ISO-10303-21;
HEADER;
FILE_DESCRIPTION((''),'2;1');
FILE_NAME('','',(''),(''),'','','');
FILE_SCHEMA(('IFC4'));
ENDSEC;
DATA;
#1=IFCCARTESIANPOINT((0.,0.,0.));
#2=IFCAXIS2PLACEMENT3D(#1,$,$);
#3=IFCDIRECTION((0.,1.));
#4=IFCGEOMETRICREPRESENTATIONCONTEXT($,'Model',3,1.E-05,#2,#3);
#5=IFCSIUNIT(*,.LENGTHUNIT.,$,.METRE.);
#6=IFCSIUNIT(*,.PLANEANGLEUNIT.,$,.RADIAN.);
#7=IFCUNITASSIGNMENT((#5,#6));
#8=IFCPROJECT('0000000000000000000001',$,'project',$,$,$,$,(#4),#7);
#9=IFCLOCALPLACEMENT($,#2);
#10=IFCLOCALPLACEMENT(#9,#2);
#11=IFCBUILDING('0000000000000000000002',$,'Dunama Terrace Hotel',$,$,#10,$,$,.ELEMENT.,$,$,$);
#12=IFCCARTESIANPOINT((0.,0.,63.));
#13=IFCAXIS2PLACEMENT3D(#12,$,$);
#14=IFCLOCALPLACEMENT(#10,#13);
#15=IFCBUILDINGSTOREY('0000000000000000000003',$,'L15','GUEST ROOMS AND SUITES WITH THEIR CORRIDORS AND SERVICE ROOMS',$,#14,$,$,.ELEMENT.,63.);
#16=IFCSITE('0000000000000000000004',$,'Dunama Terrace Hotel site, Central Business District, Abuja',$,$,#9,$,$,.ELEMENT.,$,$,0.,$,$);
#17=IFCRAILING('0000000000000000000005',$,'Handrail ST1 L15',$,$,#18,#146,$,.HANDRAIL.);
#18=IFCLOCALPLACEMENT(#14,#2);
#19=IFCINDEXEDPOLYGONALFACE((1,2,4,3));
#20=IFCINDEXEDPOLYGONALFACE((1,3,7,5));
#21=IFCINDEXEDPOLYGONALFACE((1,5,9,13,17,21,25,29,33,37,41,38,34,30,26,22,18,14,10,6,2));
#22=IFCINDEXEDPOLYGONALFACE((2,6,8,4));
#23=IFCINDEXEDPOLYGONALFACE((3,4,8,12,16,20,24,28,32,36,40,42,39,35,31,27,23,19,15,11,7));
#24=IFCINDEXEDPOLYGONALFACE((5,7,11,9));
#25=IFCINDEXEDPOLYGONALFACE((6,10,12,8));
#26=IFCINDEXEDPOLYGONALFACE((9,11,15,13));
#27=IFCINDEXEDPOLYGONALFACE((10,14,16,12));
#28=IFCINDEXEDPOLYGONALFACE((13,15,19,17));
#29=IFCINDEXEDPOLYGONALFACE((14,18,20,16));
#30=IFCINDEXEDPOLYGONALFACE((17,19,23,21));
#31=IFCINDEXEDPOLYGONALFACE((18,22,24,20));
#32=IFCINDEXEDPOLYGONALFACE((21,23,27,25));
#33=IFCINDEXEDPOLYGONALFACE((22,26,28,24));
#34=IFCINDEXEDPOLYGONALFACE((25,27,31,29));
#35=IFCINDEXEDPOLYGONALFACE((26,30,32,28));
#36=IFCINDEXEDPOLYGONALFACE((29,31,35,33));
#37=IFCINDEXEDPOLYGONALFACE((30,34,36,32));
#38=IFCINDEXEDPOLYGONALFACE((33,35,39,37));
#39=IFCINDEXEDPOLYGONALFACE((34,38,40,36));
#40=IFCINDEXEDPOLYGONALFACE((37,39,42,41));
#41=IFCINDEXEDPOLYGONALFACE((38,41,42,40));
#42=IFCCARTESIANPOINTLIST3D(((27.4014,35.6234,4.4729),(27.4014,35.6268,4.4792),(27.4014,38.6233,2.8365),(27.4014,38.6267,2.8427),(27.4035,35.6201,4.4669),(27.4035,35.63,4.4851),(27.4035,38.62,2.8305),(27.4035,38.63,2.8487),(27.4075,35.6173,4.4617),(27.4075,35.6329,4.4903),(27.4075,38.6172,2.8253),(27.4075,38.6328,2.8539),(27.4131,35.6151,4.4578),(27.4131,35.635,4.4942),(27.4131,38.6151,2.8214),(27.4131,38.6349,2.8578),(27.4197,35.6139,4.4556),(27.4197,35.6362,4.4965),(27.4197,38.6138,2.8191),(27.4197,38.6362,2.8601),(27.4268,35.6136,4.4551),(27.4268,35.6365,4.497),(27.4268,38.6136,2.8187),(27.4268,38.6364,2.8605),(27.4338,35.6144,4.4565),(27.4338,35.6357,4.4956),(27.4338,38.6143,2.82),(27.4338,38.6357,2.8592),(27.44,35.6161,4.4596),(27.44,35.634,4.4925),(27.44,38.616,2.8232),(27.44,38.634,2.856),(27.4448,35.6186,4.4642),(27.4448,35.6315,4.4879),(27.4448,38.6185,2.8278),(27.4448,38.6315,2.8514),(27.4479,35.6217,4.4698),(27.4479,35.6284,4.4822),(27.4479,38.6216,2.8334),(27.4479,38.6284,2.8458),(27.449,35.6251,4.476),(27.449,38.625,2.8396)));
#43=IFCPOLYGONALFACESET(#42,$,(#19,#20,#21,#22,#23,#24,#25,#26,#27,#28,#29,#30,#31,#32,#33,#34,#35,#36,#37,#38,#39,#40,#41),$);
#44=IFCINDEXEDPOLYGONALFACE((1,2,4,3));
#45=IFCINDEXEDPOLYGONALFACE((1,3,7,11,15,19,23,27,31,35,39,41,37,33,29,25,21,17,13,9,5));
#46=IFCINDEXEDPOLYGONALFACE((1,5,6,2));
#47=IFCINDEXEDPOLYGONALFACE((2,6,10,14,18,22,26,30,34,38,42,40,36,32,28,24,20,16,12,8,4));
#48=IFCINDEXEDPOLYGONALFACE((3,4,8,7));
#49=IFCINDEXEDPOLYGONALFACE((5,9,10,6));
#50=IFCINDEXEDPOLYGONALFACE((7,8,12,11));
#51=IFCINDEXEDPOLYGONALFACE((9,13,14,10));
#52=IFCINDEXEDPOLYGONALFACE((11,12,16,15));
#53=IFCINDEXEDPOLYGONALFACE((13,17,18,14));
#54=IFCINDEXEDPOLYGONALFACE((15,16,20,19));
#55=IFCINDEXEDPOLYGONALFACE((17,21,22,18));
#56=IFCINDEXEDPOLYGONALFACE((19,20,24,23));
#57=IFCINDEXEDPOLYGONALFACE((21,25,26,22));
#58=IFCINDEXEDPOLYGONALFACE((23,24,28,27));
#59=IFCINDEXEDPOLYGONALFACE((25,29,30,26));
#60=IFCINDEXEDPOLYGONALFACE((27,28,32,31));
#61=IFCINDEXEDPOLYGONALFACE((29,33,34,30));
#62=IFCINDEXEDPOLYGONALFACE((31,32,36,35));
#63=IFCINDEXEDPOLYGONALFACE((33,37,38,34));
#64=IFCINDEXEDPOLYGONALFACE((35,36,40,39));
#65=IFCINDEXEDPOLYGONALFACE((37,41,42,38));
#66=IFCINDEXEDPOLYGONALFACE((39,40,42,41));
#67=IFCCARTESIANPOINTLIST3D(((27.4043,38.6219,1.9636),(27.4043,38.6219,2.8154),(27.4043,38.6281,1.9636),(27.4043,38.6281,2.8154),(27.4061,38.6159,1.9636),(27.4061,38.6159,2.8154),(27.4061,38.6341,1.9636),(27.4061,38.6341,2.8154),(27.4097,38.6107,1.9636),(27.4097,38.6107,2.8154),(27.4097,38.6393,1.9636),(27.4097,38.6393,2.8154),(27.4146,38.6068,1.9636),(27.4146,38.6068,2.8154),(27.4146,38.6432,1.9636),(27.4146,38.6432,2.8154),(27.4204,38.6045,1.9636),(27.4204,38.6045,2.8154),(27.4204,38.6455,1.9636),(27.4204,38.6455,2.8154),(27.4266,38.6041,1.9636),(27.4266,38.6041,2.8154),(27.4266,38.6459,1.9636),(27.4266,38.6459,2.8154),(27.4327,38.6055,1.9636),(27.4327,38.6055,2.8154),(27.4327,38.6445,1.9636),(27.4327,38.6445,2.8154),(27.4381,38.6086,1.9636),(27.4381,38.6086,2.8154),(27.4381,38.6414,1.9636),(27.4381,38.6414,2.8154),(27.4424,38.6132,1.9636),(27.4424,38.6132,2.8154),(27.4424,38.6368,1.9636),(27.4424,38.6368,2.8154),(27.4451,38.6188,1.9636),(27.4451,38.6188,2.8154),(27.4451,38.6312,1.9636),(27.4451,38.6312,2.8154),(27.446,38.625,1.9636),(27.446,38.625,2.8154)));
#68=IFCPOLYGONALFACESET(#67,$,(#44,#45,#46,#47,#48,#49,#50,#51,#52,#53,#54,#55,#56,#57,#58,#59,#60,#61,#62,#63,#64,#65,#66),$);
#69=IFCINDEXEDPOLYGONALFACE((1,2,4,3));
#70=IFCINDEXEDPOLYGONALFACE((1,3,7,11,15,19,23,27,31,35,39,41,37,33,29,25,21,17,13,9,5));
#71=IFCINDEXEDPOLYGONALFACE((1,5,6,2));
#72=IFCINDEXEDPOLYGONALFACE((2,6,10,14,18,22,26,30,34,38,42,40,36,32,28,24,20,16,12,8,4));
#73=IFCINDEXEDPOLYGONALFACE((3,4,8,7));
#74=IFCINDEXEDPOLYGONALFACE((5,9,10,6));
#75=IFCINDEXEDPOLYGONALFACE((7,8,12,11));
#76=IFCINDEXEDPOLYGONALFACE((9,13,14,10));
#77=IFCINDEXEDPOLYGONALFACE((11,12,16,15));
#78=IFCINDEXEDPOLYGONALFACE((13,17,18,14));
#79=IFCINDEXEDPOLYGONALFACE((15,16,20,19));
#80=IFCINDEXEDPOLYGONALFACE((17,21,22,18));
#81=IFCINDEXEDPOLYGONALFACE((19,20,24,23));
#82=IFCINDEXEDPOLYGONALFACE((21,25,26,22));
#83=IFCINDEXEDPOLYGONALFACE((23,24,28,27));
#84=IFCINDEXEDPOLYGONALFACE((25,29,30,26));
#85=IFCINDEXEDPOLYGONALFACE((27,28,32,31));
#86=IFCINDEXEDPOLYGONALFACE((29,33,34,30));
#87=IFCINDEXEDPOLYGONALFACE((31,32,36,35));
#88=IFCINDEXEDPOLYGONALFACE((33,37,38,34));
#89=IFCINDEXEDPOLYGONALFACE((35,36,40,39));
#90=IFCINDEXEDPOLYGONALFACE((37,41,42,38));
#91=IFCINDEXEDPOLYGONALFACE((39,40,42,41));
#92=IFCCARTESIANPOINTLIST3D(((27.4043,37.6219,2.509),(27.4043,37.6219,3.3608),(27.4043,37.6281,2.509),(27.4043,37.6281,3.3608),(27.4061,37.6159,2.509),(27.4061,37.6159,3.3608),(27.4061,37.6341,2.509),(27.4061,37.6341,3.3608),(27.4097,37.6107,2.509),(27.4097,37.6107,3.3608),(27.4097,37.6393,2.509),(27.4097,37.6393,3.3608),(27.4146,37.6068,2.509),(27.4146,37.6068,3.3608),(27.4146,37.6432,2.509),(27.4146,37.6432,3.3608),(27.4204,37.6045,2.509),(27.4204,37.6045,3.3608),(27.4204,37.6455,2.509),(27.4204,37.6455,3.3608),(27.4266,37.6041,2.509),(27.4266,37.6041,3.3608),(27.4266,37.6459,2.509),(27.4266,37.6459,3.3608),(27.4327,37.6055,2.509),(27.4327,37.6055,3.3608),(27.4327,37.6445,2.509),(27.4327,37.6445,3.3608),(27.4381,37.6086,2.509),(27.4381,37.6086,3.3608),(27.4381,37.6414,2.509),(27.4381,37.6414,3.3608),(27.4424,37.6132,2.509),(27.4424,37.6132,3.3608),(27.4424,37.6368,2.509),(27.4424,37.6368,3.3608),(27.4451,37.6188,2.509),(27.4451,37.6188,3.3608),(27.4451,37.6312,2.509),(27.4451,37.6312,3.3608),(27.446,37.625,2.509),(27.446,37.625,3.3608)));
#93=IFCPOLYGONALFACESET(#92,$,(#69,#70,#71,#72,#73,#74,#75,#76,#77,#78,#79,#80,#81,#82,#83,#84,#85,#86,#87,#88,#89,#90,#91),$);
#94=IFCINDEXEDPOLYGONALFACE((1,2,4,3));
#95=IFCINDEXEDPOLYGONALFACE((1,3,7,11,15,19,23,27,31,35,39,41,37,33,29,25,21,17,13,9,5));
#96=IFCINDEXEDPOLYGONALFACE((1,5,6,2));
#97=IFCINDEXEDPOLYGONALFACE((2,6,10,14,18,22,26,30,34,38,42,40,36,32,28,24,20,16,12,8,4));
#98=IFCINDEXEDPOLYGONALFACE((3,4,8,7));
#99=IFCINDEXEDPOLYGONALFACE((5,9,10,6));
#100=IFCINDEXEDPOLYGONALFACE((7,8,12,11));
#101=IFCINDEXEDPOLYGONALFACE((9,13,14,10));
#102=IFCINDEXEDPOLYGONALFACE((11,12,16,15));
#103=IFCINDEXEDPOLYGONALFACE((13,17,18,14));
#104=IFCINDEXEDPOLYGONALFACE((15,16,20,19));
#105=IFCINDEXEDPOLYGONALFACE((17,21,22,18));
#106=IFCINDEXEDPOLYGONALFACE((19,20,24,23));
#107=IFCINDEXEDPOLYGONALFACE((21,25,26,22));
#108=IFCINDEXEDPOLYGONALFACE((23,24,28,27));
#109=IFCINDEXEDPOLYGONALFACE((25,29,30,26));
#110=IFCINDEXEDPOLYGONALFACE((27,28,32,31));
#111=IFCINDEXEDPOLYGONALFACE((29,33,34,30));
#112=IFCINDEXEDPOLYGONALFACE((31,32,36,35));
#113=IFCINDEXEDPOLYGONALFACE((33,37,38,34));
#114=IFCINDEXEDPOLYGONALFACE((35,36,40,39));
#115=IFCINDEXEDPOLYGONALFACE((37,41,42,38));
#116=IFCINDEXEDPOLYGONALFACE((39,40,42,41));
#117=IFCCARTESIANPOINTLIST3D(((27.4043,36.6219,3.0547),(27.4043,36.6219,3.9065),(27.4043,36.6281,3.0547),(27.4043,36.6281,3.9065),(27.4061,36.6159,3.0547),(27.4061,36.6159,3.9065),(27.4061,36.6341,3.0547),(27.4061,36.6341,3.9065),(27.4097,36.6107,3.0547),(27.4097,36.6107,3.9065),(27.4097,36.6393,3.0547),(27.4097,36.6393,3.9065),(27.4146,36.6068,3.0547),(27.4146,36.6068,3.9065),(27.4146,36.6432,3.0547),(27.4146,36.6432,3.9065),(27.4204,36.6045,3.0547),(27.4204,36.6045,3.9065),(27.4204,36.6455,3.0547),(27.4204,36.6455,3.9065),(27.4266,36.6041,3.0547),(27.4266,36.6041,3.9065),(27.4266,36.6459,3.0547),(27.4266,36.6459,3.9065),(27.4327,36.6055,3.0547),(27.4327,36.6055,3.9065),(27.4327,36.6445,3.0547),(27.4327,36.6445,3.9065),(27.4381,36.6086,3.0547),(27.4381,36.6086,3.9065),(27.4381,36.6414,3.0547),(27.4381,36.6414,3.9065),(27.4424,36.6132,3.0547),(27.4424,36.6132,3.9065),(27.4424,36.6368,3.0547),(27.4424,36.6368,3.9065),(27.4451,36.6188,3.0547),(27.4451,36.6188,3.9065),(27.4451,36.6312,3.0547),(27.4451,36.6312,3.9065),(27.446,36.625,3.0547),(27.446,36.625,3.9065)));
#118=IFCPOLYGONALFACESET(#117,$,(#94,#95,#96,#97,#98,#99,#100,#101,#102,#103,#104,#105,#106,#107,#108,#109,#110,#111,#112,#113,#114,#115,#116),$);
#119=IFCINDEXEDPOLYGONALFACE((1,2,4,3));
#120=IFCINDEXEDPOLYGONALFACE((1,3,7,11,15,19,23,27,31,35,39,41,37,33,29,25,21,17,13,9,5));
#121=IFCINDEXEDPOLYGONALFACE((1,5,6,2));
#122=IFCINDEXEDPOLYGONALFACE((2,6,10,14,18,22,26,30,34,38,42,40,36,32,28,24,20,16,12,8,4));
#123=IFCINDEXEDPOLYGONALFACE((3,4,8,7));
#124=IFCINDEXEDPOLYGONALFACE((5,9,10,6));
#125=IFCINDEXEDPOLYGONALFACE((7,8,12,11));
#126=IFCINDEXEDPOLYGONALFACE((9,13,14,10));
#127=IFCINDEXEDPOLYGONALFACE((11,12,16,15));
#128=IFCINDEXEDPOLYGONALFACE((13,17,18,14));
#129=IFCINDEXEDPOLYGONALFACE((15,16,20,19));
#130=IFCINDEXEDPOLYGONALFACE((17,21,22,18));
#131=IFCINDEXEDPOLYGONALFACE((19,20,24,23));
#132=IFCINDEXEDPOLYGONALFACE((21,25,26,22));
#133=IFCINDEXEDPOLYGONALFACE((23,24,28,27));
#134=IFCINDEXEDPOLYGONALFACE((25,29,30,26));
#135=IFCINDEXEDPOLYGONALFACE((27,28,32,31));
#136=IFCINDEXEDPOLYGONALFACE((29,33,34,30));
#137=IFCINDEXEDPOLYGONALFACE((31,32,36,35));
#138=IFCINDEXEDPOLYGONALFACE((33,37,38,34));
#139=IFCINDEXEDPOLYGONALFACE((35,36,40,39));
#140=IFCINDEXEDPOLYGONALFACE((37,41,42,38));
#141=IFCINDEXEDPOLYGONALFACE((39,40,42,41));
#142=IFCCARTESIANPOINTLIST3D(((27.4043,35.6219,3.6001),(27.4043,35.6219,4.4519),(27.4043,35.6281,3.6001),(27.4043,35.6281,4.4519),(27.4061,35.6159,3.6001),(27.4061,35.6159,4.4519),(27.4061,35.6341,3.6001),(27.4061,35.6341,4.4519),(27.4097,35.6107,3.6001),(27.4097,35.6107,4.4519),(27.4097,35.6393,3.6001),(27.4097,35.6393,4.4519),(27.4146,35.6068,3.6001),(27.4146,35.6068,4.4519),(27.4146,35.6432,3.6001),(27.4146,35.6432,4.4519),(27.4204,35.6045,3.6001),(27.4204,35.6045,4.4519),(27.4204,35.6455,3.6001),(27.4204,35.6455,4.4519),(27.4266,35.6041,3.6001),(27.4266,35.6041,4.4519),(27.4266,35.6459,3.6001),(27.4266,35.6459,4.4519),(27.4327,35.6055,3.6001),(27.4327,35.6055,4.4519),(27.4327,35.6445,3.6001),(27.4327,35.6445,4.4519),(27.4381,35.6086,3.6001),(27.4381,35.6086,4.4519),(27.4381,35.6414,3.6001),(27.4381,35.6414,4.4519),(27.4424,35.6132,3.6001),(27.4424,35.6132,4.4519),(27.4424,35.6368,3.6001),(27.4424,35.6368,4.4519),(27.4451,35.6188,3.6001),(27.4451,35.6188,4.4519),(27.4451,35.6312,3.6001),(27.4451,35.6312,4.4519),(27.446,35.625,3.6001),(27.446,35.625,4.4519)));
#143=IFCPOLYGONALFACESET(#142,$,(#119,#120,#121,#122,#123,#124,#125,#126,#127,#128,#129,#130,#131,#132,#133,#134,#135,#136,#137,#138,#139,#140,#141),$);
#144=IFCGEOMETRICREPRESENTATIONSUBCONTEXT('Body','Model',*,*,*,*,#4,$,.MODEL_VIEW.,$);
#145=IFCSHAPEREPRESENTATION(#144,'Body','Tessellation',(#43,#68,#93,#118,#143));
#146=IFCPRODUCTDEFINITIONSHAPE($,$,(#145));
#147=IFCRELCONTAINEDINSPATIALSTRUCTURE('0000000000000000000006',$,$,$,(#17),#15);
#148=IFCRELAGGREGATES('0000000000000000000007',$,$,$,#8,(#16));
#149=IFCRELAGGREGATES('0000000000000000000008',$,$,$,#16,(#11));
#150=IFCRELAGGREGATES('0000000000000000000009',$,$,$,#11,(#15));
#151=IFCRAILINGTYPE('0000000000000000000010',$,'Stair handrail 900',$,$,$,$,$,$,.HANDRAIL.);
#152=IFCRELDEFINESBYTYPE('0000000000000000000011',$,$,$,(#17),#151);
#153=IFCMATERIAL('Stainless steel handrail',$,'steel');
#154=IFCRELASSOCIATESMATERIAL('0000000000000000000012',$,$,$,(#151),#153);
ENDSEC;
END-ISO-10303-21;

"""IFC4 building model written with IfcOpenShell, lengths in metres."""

from ifc_helpers import new_model, si_unit, direction, frame, origin, origin_2d, place, context, subcontext, project, spatial, circle, extrude, material, type_object, element, save


model = new_model("IFC4")

# Units and contexts
model_context = context("Model", 3, precision=1e-05, world=origin(), true_north=direction((0.0, 1.0)))
body_context = subcontext(model_context, "Body", "Model", "MODEL_VIEW")
ifc_project = project(units=[si_unit("LENGTHUNIT", "METRE"), si_unit("PLANEANGLEUNIT", "RADIAN")], contexts=[model_context])

# Site, building, storey
site_placement = place(None, origin())
site = spatial("IfcSite", under=ifc_project, at=site_placement, Name="Dunama Terrace Hotel site, Central Business District, Abuja", CompositionType="ELEMENT", RefElevation=0.0)
building_placement = place(site_placement, origin())
building = spatial("IfcBuilding", under=site, at=building_placement, Name="Dunama Terrace Hotel", CompositionType="ELEMENT")
storey_placement = place(building_placement, frame((0.0, 0.0, 63.0)))
storey = spatial("IfcBuildingStorey", under=building, at=storey_placement, Name="L15", Description="GUEST ROOMS AND SUITES WITH THEIR CORRIDORS AND SERVICE ROOMS", CompositionType="ELEMENT", Elevation=63.0)

# Railing
ifc_material_1 = material(Name="Stainless steel handrail", Category="steel")
railing_type = type_object("IfcRailingType", Name="Stair handrail 900", PredefinedType="HANDRAIL", material=ifc_material_1)
railing_placement = place(storey_placement, frame((27.425, 38.625, 1.9636)))
element("IfcRailing", 1, at=railing_placement, inside=storey, type_object=railing_type, Name="Handrail ST1 L15", PredefinedType="HANDRAIL", context=body_context, shape_type="SweptSolid", body=[
    extrude(circle(Radius=0.0239, at=origin_2d()), frame((0.0, 0.0, 0.876), z_axis=(0.0, -0.877882, 0.478877), x_axis=(1.0, 0.0, 0.0)), (0.0, 0.0, 1.0), 3.4172),
    extrude(circle(Radius=0.021, at=origin_2d()), origin(), (0.0, 0.0, 1.0), 0.8518),
    extrude(circle(Radius=0.021, at=origin_2d()), frame((0.0, -1.0, 0.5454)), (0.0, 0.0, 1.0), 0.8518),
    extrude(circle(Radius=0.021, at=origin_2d()), frame((0.0, -2.0, 1.0911)), (0.0, 0.0, 1.0), 0.8518),
    extrude(circle(Radius=0.021, at=origin_2d()), frame((0.0, -3.0, 1.6365)), (0.0, 0.0, 1.0), 0.8518),
])

save(model, "model.ifc")
